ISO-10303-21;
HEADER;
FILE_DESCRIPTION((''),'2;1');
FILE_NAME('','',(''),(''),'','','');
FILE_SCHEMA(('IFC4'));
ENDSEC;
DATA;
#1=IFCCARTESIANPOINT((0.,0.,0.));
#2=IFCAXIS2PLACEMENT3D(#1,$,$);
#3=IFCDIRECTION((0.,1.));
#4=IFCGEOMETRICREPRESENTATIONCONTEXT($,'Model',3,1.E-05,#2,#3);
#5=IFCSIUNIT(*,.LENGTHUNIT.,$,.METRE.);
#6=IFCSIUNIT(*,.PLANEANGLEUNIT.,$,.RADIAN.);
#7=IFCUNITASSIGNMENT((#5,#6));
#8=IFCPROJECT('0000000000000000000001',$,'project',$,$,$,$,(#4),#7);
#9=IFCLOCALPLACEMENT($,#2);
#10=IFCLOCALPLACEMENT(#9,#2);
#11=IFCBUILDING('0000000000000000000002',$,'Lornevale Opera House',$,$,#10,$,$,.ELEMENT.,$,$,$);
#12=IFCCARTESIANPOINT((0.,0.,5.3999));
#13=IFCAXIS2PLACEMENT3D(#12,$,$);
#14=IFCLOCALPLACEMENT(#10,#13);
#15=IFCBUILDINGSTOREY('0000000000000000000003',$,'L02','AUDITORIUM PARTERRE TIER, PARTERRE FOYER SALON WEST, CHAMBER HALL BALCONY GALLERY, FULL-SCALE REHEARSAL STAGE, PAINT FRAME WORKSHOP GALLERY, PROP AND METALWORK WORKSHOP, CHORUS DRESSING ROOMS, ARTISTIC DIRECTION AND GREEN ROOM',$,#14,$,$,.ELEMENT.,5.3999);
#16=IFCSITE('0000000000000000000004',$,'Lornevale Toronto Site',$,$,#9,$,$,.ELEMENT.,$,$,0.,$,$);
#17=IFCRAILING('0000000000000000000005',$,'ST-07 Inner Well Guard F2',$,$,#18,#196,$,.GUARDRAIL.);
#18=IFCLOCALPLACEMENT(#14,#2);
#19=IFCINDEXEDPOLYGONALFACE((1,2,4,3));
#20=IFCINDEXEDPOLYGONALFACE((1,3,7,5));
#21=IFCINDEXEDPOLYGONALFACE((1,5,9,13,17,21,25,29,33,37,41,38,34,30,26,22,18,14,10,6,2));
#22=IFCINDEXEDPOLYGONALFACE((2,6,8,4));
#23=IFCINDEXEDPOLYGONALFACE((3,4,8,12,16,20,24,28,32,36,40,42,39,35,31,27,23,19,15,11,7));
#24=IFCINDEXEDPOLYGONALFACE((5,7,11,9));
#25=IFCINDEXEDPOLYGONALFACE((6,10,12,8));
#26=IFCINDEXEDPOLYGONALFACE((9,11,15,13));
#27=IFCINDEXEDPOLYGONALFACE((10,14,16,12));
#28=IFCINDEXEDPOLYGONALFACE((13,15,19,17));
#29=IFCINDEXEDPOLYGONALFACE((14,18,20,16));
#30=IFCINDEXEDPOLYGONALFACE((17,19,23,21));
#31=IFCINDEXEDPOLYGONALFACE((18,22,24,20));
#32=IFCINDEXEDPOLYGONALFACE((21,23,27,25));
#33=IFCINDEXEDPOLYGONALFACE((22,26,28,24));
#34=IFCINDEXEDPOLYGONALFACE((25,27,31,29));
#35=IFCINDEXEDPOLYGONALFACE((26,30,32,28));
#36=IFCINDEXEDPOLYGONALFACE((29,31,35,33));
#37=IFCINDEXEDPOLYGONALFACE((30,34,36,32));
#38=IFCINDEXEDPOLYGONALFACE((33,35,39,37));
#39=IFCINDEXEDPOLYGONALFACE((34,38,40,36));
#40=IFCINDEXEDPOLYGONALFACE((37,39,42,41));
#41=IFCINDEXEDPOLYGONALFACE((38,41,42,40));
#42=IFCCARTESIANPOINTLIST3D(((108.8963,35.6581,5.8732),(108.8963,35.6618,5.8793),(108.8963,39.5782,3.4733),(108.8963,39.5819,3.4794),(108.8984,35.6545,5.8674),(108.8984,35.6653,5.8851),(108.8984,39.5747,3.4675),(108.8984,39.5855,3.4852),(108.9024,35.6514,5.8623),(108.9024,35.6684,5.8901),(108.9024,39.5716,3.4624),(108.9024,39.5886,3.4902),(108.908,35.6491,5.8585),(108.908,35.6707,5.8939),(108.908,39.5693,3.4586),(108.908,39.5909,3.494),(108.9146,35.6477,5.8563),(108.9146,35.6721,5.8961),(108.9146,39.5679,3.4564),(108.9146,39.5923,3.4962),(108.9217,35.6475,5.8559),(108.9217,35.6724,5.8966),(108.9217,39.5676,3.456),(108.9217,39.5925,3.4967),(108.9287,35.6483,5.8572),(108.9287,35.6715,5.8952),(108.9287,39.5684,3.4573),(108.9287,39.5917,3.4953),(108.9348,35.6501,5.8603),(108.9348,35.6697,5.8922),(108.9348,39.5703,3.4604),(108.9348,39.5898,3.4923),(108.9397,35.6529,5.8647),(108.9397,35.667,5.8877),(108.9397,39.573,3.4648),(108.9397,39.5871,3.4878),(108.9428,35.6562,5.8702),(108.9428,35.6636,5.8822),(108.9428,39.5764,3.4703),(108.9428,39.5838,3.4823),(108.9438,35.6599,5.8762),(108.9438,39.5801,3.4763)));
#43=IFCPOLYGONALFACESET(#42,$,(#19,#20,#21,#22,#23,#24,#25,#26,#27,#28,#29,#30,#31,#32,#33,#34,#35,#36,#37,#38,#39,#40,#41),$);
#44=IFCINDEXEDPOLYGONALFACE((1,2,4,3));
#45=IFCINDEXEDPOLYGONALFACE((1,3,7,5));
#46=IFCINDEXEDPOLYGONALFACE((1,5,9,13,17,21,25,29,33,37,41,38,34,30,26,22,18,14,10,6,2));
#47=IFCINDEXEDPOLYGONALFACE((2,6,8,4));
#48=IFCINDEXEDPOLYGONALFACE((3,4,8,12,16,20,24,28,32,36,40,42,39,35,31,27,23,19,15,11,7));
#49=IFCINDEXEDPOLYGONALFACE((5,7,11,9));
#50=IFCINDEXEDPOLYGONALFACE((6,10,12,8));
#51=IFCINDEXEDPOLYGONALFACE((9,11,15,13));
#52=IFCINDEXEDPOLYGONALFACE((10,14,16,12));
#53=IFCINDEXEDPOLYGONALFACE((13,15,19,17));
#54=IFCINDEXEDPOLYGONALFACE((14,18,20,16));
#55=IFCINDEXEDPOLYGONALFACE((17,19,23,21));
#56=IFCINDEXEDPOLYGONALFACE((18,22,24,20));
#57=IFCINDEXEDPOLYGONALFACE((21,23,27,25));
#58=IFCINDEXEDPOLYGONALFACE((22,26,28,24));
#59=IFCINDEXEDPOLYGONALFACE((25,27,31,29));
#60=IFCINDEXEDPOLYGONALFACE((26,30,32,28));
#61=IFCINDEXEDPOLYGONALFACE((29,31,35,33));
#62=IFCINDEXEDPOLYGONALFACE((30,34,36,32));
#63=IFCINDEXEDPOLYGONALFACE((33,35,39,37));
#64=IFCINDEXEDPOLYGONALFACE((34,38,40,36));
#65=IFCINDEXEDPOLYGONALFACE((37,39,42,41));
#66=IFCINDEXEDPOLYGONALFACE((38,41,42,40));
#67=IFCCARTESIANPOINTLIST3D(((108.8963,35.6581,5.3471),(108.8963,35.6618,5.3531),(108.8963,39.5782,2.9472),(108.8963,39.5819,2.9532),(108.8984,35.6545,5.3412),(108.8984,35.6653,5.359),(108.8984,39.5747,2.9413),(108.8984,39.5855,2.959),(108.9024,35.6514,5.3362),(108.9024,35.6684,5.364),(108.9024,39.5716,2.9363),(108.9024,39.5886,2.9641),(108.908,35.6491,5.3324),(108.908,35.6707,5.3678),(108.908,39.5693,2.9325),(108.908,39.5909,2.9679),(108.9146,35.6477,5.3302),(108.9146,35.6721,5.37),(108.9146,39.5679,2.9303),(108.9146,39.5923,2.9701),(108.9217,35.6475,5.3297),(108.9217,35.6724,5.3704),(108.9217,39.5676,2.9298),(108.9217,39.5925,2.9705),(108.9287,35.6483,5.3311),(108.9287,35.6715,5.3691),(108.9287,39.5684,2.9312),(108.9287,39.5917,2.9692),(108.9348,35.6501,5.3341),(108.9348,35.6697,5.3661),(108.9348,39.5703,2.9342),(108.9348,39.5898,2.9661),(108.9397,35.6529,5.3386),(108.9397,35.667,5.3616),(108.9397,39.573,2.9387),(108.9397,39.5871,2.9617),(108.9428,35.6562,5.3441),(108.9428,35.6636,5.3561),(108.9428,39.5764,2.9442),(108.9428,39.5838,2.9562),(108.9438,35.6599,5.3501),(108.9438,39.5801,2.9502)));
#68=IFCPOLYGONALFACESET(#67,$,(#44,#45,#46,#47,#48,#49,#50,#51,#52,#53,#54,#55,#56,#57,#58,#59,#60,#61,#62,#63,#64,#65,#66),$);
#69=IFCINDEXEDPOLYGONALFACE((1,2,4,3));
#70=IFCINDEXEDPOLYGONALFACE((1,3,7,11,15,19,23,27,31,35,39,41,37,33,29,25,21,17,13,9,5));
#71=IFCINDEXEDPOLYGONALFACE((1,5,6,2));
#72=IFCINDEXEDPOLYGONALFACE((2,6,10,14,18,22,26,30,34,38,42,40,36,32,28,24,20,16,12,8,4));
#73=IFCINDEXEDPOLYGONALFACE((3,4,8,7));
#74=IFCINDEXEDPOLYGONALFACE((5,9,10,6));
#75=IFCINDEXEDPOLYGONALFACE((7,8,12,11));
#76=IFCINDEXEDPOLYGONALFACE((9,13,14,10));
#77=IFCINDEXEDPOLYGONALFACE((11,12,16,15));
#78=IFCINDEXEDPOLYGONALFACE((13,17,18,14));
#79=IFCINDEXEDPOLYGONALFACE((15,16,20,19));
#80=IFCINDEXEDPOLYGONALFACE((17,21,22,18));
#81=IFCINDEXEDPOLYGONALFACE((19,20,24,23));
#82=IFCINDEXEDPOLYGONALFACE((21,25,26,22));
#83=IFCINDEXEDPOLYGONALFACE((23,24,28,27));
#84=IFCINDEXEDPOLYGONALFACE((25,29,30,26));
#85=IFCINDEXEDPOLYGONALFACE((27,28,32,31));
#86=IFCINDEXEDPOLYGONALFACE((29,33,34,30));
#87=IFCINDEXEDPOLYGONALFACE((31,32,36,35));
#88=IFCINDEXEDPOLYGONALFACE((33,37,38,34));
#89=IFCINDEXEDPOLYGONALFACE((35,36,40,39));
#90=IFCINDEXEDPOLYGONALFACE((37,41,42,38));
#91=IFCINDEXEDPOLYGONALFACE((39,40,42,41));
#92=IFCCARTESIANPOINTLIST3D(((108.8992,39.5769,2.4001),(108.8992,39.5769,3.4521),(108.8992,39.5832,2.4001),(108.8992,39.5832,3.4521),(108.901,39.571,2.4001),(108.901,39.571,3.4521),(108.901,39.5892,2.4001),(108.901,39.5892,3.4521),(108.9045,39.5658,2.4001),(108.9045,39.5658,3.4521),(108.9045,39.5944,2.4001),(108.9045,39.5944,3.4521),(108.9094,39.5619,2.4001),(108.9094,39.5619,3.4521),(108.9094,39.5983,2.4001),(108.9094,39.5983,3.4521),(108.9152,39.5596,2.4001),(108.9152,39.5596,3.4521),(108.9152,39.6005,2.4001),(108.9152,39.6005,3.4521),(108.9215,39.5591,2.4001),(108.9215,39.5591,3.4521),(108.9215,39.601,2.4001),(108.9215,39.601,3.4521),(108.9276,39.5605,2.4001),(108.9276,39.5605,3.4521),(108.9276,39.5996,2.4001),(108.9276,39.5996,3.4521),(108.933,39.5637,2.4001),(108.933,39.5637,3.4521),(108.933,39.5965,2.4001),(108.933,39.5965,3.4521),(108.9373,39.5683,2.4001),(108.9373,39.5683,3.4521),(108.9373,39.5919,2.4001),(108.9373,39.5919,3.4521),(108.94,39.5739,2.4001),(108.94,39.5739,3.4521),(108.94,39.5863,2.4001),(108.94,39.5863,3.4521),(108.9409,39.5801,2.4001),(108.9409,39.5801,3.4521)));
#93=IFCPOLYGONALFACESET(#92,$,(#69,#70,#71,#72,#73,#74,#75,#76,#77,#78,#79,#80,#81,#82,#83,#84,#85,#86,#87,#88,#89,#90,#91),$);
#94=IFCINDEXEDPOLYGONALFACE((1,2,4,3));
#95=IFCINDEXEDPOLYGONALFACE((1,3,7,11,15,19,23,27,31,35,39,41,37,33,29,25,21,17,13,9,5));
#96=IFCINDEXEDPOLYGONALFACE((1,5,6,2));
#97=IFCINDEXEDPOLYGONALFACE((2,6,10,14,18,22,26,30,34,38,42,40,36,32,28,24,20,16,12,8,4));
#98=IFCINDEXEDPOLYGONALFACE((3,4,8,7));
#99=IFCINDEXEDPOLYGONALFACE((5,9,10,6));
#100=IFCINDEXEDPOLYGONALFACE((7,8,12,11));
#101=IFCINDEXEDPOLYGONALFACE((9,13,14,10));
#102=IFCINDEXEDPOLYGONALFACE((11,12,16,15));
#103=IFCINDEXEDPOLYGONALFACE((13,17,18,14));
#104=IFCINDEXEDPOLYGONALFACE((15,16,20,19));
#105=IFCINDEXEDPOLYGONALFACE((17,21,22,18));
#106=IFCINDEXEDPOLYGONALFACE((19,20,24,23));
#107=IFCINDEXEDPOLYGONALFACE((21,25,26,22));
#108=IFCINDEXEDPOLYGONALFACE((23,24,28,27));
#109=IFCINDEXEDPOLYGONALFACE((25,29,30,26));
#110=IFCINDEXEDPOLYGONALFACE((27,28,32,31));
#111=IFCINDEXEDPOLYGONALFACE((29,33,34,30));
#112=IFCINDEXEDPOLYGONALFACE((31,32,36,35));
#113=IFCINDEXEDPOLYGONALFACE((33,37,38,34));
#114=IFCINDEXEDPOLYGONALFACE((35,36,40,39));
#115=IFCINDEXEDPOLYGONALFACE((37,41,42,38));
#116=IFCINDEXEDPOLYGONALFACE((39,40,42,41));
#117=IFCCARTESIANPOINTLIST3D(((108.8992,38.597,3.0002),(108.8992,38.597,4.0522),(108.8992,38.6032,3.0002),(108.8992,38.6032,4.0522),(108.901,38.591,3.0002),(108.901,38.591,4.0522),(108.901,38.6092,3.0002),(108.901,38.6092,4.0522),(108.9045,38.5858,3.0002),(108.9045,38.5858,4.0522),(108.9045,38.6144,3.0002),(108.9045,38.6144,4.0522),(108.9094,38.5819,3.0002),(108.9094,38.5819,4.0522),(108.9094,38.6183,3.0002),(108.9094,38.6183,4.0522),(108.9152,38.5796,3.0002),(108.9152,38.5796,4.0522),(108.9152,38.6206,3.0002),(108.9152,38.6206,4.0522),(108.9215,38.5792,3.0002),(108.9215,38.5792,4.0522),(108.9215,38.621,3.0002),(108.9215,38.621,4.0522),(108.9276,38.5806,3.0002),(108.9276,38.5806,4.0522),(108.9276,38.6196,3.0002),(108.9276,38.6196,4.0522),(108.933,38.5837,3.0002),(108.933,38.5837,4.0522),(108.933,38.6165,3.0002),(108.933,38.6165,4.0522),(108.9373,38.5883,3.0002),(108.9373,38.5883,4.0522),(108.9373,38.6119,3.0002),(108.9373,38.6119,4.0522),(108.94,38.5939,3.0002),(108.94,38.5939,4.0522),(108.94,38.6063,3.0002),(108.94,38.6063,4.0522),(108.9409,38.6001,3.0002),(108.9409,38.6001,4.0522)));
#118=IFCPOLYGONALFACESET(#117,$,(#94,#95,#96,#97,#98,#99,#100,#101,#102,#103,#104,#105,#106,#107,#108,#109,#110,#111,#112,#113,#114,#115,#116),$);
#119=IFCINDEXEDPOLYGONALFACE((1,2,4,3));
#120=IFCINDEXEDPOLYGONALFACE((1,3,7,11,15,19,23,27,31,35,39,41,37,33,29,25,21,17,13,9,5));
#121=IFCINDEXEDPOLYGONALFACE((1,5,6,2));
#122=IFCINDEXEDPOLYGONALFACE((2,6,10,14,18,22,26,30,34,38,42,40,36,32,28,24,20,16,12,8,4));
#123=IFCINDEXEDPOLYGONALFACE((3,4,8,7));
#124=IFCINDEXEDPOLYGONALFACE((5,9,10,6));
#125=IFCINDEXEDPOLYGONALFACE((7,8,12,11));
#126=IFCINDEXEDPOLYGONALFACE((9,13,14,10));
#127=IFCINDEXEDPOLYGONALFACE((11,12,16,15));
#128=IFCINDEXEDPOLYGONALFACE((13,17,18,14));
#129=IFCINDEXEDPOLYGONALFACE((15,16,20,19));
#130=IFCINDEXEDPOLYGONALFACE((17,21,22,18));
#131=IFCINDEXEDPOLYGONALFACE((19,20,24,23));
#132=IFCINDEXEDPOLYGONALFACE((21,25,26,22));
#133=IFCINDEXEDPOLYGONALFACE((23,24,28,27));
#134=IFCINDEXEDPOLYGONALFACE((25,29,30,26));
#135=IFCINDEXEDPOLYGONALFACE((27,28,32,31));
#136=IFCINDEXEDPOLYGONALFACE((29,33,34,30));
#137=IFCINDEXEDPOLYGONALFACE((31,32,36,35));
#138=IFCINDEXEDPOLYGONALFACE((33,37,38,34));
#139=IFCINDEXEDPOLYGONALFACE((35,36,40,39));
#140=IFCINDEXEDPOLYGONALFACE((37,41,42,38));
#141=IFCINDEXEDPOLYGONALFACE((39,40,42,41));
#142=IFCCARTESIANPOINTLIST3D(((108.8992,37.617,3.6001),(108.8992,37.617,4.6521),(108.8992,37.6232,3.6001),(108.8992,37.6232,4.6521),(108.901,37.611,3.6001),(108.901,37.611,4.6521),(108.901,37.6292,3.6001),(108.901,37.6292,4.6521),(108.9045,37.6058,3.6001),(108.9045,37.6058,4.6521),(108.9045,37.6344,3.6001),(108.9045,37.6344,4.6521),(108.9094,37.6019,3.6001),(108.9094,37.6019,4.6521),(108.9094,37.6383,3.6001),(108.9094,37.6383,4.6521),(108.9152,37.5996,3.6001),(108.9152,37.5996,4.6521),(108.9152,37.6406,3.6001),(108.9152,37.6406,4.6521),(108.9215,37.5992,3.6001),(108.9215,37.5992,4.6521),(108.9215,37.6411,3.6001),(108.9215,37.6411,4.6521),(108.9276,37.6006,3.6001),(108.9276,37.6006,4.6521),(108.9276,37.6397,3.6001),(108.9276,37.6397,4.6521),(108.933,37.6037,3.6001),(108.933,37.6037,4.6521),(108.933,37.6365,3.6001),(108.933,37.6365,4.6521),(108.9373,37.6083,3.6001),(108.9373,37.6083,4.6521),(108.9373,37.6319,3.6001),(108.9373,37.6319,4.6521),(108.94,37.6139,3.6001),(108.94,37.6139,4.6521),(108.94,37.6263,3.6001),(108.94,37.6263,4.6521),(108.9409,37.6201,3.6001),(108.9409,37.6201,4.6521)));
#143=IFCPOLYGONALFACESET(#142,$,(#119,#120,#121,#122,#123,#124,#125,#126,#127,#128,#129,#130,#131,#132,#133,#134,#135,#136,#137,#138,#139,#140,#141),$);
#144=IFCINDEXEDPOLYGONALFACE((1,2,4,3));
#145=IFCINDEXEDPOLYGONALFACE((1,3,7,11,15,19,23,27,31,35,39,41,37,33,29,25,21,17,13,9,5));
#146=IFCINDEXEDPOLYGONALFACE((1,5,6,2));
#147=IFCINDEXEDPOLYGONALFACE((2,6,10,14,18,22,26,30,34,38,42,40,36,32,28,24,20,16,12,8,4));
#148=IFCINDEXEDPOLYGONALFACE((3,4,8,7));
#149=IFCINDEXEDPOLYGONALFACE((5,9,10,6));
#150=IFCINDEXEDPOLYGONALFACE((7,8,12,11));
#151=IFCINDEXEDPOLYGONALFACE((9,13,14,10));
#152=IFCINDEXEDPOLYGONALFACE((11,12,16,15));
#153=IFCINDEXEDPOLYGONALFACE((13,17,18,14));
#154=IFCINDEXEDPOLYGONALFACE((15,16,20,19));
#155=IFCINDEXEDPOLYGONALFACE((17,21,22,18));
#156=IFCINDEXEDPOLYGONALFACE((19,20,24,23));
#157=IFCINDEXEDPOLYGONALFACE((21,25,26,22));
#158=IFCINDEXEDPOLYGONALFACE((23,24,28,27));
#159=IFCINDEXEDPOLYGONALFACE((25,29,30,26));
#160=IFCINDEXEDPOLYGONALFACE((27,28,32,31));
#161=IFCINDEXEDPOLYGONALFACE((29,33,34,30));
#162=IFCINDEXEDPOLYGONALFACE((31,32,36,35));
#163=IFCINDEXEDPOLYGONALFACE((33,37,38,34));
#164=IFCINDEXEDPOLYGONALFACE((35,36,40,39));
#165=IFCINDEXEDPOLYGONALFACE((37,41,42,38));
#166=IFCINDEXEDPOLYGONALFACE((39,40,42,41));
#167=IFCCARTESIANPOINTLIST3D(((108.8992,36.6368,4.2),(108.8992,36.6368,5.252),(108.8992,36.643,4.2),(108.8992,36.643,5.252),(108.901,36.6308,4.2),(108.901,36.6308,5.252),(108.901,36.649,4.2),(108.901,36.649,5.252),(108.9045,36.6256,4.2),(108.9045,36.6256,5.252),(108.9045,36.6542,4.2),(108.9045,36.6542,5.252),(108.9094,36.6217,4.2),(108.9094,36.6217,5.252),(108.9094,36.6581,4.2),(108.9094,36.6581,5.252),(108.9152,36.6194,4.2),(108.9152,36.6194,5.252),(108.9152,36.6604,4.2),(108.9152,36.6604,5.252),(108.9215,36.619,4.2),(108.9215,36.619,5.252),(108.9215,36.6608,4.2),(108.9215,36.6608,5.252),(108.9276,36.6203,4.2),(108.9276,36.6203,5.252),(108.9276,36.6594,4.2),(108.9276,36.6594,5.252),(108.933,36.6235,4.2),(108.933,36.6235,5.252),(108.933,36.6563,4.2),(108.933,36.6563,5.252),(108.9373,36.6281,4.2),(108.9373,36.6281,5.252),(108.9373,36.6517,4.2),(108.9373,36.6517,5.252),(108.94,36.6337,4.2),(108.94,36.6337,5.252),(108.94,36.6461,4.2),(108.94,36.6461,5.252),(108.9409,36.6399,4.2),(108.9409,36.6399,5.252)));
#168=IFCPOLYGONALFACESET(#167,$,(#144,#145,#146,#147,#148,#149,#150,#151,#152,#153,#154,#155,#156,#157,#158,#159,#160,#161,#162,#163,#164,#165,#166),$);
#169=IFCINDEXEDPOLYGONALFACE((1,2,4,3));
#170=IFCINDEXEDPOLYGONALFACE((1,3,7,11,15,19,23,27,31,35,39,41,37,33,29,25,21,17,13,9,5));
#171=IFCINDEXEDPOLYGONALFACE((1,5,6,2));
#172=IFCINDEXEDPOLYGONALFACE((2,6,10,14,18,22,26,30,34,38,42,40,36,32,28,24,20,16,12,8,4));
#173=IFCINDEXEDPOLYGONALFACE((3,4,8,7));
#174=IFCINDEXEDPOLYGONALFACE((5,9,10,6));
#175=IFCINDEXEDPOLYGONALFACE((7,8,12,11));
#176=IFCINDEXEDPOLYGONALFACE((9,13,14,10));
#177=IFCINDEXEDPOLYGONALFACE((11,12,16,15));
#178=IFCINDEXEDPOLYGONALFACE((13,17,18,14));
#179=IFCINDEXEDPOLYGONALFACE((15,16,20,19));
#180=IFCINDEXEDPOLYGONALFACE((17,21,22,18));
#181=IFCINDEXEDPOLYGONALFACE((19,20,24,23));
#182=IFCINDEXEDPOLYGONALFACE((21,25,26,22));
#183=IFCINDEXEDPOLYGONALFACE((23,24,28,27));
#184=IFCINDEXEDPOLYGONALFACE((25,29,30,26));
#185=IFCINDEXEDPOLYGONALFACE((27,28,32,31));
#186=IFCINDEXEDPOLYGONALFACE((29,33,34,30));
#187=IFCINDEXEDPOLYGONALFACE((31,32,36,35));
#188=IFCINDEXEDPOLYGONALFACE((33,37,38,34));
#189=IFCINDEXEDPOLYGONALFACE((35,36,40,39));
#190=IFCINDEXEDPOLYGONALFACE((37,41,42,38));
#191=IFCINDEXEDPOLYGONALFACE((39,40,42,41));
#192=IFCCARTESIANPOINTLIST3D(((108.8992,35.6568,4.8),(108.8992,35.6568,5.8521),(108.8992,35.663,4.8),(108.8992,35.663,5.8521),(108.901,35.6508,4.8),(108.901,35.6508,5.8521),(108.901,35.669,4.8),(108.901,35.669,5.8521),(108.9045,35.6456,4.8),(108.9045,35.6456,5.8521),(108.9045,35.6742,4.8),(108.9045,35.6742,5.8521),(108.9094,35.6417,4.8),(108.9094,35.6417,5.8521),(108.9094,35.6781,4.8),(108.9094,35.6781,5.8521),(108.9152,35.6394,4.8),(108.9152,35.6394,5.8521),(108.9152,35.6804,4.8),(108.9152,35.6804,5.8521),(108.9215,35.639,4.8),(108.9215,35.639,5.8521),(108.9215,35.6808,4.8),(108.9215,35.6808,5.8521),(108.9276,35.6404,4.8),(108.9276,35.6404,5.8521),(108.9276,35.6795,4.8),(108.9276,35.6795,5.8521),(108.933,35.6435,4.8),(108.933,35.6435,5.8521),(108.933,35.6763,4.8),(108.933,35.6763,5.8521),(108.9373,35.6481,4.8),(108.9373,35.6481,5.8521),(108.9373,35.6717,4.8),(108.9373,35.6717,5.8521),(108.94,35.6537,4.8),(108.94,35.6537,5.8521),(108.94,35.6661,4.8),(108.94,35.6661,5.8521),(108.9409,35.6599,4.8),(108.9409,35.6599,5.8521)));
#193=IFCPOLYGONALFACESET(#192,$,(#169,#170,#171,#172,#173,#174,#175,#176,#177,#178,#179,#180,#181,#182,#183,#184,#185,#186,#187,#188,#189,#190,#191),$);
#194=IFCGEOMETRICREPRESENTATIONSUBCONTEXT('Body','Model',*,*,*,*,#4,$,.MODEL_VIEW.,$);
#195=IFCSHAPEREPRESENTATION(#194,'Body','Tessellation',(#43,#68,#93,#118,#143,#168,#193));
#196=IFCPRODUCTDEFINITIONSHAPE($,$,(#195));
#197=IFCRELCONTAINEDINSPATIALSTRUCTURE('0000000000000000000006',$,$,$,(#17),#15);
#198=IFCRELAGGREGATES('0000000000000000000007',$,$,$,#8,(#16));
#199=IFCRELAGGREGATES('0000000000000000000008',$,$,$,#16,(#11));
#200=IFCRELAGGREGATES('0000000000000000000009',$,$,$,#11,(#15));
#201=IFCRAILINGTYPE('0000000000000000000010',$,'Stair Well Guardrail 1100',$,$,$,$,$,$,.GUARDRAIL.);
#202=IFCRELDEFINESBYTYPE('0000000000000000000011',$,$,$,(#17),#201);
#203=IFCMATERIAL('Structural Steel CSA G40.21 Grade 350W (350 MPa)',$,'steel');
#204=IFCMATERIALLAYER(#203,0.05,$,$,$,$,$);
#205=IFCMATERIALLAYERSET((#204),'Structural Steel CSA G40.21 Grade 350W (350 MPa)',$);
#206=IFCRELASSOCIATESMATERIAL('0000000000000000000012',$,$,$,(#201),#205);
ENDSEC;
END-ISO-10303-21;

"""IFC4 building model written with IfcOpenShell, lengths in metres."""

from ifc_helpers import new_model, si_unit, direction, frame, origin, origin_2d, place, context, subcontext, project, spatial, circle, extrude, material, layer, layer_set, type_object, element, save


model = new_model("IFC4")

# Units and contexts
model_context = context("Model", 3, precision=1e-05, world=origin(), true_north=direction((0.0, 1.0)))
body_context = subcontext(model_context, "Body", "Model", "MODEL_VIEW")
ifc_project = project(units=[si_unit("LENGTHUNIT", "METRE"), si_unit("PLANEANGLEUNIT", "RADIAN")], contexts=[model_context])

# Site, building, storey
site_placement = place(None, origin())
site = spatial("IfcSite", under=ifc_project, at=site_placement, Name="Lornevale Toronto Site", CompositionType="ELEMENT", RefElevation=0.0)
building_placement = place(site_placement, origin())
building = spatial("IfcBuilding", under=site, at=building_placement, Name="Lornevale Opera House", CompositionType="ELEMENT")
storey_placement = place(building_placement, frame((0.0, 0.0, 5.3999)))
storey = spatial("IfcBuildingStorey", under=building, at=storey_placement, Name="L02", Description="AUDITORIUM PARTERRE TIER, PARTERRE FOYER SALON WEST, CHAMBER HALL BALCONY GALLERY, FULL-SCALE REHEARSAL STAGE, PAINT FRAME WORKSHOP GALLERY, PROP AND METALWORK WORKSHOP, CHORUS DRESSING ROOMS, ARTISTIC DIRECTION AND GREEN ROOM", CompositionType="ELEMENT", Elevation=5.3999)

# Shared definitions
ifc_material_1 = material(Name="Structural Steel CSA G40.21 Grade 350W (350 MPa)", Category="steel")

# Railing
ifc_layer_1 = layer(ifc_material_1, 0.05)
ifc_layer_set_1 = layer_set([ifc_layer_1], Name="Structural Steel CSA G40.21 Grade 350W (350 MPa)")
railing_type_1 = type_object("IfcRailingType", Name="Stair Well Guardrail 1100", PredefinedType="GUARDRAIL", material=ifc_layer_set_1)
railing_1_placement = place(storey_placement, frame((108.9199, 39.5801, 2.4001)))
element("IfcRailing", 1, at=railing_1_placement, inside=storey, type_object=railing_type_1, Name="ST-07 Inner Well Guard F2", PredefinedType="GUARDRAIL", context=body_context, shape_type="SweptSolid", body=[
    extrude(circle(Radius=0.0239, at=origin_2d()), frame((0.0, 0.0, 1.0762), z_axis=(0.0, -0.852871, 0.522122), x_axis=(1.0, 0.0, 0.0)), (0.0, 0.0, 1.0), 4.5964),
    extrude(circle(Radius=0.0239, at=origin_2d()), frame((0.0, 0.0, 0.55), z_axis=(0.0, -0.852871, 0.522122), x_axis=(1.0, 0.0, 0.0)), (0.0, 0.0, 1.0), 4.5964),
    extrude(circle(Radius=0.021, at=origin_2d()), origin(), (0.0, 0.0, 1.0), 1.052),
    extrude(circle(Radius=0.021, at=origin_2d()), frame((0.0, -0.98, 0.6001)), (0.0, 0.0, 1.0), 1.052),
    extrude(circle(Radius=0.021, at=origin_2d()), frame((0.0, -1.96, 1.2)), (0.0, 0.0, 1.0), 1.052),
    extrude(circle(Radius=0.021, at=origin_2d()), frame((0.0, -2.9402, 1.7998)), (0.0, 0.0, 1.0), 1.052),
    extrude(circle(Radius=0.021, at=origin_2d()), frame((0.0, -3.9202, 2.3999)), (0.0, 0.0, 1.0), 1.052),
])

save(model, "model.ifc")
